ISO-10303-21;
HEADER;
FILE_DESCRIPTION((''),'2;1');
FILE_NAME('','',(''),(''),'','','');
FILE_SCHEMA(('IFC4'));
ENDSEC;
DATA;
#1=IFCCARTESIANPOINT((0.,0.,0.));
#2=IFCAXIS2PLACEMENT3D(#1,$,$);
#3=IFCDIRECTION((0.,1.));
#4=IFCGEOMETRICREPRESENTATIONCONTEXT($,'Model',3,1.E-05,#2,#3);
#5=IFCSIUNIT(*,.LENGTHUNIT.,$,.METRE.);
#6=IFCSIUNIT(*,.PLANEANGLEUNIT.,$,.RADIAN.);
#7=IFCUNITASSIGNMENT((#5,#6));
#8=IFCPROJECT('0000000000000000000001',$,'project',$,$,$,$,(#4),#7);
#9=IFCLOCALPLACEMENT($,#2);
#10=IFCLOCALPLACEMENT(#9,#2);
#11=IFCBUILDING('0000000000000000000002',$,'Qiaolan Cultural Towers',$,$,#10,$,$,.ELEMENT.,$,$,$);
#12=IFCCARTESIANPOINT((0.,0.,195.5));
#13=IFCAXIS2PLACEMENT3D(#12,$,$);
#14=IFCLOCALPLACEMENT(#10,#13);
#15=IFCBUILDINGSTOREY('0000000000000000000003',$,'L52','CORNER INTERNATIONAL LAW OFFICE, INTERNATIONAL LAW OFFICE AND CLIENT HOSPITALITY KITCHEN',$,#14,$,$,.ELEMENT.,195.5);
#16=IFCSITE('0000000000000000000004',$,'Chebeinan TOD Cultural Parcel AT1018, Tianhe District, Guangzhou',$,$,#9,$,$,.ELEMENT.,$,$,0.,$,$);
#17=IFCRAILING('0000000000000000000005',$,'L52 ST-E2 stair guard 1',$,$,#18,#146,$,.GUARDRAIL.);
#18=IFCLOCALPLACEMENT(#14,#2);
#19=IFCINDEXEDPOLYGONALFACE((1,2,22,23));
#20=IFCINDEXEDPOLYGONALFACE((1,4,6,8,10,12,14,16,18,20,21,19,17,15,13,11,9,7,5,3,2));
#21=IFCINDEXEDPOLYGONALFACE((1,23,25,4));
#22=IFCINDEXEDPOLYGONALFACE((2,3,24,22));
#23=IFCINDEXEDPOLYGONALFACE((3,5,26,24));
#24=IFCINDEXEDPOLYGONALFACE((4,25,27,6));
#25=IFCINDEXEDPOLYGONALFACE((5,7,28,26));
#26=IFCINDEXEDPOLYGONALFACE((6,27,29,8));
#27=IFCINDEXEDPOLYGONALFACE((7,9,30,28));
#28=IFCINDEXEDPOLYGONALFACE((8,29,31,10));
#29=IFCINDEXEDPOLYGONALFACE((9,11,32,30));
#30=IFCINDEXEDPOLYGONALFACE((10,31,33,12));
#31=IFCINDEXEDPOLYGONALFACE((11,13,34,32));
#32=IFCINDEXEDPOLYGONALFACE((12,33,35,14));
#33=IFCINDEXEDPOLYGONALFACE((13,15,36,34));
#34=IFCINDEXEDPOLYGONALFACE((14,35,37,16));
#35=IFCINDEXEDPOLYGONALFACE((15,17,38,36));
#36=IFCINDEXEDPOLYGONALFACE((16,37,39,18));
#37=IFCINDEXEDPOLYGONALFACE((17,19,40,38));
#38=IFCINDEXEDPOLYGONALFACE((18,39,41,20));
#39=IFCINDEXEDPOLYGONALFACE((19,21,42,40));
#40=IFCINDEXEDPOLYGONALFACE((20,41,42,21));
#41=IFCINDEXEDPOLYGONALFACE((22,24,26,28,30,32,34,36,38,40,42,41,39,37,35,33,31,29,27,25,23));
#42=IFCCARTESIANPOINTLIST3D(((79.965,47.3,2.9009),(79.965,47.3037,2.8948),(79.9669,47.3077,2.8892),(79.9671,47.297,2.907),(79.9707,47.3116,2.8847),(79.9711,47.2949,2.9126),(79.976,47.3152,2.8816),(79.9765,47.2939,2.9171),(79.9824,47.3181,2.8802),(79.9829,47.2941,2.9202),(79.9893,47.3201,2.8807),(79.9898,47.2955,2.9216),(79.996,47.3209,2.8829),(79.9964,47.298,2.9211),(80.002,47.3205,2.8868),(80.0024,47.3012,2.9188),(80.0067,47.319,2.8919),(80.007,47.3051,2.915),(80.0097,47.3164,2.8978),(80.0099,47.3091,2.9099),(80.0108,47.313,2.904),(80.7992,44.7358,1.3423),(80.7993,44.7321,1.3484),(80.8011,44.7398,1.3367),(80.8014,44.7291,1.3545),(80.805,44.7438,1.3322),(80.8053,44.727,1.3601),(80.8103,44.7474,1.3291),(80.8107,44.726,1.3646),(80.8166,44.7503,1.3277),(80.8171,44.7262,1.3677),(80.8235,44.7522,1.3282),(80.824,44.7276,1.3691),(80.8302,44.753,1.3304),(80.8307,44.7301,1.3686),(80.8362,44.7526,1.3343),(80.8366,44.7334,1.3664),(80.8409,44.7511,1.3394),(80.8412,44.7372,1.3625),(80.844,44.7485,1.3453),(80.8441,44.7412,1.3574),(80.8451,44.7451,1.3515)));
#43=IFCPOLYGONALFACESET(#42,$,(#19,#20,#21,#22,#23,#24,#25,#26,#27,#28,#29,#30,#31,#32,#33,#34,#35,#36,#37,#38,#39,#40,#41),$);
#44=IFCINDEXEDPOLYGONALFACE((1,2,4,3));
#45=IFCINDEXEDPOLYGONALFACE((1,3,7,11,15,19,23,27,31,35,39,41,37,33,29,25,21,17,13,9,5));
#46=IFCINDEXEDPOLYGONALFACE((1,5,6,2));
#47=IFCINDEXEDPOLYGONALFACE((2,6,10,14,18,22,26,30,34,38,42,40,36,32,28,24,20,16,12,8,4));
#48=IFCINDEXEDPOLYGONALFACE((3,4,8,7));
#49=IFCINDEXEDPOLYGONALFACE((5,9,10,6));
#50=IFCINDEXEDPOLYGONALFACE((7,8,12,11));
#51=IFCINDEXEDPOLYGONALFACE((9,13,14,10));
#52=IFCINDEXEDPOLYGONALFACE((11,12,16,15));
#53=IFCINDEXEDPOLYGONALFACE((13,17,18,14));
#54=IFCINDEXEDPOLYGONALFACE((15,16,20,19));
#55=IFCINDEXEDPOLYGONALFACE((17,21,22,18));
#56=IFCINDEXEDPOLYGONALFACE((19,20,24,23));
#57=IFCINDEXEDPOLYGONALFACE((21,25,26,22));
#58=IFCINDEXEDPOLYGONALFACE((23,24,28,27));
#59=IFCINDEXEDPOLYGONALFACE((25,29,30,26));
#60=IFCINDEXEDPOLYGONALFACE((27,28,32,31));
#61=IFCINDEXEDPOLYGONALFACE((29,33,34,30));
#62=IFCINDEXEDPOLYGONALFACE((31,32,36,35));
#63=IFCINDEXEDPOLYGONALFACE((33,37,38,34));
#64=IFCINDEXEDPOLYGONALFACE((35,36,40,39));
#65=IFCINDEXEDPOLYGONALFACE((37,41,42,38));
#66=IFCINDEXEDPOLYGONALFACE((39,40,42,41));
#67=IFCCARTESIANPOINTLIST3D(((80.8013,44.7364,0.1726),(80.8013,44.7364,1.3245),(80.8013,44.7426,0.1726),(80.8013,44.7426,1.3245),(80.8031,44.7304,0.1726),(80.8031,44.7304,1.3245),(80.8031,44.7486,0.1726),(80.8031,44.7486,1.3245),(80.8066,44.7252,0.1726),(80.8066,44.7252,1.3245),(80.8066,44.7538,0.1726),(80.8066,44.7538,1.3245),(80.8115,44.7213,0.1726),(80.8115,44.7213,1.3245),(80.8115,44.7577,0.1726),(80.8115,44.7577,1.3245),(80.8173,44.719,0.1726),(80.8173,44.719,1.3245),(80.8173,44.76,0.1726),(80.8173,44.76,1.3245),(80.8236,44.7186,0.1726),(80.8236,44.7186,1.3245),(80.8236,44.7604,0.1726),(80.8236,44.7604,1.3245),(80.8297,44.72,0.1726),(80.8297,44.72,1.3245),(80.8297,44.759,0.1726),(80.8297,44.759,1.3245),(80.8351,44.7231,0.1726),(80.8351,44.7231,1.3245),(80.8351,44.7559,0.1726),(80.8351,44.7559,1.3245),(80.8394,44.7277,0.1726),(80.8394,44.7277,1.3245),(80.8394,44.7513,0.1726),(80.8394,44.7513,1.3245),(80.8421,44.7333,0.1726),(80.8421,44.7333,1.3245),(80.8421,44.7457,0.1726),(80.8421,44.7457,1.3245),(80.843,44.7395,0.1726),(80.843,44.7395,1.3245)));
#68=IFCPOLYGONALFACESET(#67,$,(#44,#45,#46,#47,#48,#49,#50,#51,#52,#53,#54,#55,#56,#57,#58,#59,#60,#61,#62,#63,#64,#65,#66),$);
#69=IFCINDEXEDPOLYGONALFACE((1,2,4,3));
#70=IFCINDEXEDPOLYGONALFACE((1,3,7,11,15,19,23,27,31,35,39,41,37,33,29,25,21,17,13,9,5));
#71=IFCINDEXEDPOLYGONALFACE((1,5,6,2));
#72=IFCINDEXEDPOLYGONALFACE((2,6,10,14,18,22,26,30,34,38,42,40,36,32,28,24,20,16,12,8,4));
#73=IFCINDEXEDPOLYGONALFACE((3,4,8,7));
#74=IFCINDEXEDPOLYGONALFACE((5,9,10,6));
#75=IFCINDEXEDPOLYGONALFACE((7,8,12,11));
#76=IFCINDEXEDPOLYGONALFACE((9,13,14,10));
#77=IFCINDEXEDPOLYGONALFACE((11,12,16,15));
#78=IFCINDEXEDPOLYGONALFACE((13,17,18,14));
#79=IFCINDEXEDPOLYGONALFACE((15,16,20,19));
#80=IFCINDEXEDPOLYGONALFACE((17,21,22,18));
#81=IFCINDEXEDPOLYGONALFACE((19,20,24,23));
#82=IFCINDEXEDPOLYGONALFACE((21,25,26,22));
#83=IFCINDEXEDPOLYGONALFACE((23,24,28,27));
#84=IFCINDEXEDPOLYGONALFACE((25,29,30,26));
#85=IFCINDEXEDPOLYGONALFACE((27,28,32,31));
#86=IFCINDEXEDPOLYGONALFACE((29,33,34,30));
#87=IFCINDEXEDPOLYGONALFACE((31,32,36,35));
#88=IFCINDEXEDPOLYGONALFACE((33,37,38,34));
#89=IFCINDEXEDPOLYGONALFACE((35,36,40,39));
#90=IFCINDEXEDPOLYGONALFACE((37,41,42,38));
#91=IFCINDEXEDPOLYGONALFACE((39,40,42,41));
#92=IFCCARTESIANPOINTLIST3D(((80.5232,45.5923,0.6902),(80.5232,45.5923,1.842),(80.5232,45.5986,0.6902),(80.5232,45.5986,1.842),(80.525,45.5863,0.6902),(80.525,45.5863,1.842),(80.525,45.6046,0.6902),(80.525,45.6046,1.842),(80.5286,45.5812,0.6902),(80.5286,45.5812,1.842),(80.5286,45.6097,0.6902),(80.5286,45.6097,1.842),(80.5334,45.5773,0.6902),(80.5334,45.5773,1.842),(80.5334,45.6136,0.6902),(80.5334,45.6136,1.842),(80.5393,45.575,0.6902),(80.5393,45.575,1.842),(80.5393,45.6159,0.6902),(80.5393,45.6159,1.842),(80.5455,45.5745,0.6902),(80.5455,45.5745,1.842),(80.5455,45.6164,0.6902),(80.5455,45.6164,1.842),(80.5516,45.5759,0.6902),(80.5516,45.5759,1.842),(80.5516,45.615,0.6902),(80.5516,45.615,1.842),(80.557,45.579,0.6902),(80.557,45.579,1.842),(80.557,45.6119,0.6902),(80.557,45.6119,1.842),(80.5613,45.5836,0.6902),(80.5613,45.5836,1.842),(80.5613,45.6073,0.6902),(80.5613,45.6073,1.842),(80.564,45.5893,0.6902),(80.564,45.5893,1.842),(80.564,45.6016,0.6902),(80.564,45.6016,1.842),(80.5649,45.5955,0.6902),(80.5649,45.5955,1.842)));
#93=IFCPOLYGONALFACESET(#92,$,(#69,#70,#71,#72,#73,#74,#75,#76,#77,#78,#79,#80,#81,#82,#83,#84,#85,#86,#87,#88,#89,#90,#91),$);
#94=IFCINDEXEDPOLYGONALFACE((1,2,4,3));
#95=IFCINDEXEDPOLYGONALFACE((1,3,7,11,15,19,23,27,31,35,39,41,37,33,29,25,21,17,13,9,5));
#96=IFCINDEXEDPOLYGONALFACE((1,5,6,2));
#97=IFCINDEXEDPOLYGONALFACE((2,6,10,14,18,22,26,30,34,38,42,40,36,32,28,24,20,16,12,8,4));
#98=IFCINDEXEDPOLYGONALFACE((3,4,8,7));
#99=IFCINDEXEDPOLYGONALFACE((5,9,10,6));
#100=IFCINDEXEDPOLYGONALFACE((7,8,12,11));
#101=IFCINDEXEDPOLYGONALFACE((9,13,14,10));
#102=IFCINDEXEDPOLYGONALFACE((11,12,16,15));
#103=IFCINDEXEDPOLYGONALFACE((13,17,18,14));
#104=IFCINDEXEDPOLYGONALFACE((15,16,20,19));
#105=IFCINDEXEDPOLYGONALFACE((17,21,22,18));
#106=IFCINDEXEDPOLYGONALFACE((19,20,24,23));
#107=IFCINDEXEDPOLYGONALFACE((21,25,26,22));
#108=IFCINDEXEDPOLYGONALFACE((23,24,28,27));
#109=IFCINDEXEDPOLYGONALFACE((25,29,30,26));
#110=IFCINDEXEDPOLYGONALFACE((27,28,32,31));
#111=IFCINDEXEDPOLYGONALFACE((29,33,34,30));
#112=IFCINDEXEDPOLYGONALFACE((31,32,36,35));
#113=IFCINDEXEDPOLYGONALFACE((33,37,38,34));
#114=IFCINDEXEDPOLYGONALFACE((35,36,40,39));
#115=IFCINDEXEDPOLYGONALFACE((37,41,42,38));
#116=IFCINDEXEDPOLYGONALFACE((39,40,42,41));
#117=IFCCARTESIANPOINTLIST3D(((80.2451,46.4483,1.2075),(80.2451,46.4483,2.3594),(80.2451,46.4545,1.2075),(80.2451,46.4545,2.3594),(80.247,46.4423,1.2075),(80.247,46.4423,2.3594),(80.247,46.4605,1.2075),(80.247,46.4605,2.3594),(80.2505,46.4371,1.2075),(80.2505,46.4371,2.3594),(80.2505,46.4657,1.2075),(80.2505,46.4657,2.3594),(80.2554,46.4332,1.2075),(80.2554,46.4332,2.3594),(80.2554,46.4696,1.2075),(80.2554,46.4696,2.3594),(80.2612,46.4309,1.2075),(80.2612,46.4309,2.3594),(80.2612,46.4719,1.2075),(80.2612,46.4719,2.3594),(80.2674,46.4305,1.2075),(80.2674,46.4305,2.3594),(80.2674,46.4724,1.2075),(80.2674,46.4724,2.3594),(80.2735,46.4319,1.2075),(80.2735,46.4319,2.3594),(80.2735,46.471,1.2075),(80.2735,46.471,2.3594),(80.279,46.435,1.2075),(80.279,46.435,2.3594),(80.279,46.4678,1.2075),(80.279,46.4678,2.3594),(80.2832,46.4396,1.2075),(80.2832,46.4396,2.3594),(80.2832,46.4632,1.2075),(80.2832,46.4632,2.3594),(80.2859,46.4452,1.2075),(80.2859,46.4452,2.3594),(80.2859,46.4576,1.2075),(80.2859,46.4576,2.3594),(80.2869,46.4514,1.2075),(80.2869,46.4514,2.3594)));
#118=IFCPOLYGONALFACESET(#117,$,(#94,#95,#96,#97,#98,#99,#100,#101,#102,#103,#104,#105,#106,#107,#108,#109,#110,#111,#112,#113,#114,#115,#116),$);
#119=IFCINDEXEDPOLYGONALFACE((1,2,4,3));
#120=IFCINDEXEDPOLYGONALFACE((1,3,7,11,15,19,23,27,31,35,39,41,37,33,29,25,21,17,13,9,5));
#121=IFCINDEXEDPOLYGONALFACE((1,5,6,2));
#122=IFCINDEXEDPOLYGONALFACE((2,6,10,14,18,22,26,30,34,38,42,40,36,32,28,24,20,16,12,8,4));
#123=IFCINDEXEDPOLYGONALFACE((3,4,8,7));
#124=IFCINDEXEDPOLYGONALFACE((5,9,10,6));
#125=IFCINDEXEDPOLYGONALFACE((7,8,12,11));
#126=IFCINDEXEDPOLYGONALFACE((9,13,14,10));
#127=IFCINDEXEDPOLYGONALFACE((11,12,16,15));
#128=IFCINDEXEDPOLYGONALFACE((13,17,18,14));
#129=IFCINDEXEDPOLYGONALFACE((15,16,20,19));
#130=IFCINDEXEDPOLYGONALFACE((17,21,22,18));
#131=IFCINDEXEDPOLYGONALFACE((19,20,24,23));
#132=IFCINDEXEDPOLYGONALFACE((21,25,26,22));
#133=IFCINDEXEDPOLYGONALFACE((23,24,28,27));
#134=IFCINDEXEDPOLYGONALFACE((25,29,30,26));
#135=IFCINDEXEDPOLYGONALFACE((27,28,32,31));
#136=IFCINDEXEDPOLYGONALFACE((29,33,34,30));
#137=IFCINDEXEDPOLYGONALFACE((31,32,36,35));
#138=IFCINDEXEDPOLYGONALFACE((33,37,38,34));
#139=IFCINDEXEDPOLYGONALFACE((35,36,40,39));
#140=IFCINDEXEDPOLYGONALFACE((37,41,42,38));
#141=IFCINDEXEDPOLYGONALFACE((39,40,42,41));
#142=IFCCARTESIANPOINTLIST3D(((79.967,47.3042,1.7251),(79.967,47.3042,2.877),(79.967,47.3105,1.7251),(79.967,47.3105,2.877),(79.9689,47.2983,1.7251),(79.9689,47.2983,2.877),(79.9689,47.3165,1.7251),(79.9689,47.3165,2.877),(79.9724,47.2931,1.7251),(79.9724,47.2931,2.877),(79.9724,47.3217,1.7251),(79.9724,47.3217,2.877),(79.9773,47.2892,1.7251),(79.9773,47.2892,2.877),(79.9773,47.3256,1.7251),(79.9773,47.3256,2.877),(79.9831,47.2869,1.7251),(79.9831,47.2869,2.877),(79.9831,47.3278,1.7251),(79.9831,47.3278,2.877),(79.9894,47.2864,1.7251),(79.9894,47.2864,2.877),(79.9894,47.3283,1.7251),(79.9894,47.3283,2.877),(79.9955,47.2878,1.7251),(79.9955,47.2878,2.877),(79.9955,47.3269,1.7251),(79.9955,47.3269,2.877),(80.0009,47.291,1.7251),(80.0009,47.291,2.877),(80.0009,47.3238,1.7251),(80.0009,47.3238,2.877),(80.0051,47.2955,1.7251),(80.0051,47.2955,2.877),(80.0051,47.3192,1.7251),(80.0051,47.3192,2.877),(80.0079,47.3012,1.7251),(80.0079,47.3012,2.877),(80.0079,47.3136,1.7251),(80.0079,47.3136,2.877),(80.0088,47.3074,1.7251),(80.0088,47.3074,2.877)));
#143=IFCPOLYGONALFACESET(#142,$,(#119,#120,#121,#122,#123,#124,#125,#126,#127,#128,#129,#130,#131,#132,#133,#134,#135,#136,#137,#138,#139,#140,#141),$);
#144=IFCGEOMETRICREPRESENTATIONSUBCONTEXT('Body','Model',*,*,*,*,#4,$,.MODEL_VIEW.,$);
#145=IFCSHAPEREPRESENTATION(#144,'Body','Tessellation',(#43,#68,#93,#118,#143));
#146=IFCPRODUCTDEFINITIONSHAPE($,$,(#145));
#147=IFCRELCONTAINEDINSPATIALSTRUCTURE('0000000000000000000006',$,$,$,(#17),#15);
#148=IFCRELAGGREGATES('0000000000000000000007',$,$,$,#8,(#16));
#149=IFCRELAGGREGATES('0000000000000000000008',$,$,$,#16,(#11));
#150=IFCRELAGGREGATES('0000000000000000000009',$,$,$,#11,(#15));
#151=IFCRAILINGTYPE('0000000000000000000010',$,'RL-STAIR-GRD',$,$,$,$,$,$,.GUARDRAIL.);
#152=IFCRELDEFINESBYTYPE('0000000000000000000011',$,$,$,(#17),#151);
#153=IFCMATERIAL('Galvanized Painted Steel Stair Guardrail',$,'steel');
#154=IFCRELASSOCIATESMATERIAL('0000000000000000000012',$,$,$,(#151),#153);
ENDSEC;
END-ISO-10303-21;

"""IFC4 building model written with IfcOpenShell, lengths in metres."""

from ifc_helpers import new_model, si_unit, direction, frame, origin, origin_2d, place, context, subcontext, project, spatial, circle, extrude, material, type_object, element, save


model = new_model("IFC4")

# Units and contexts
model_context = context("Model", 3, precision=1e-05, world=origin(), true_north=direction((0.0, 1.0)))
body_context = subcontext(model_context, "Body", "Model", "MODEL_VIEW")
ifc_project = project(units=[si_unit("LENGTHUNIT", "METRE"), si_unit("PLANEANGLEUNIT", "RADIAN")], contexts=[model_context])

# Site, building, storey
site_placement = place(None, origin())
site = spatial("IfcSite", under=ifc_project, at=site_placement, Name="Chebeinan TOD Cultural Parcel AT1018, Tianhe District, Guangzhou", CompositionType="ELEMENT", RefElevation=0.0)
building_placement = place(site_placement, origin())
building = spatial("IfcBuilding", under=site, at=building_placement, Name="Qiaolan Cultural Towers", CompositionType="ELEMENT")
storey_placement = place(building_placement, frame((0.0, 0.0, 195.5)))
storey = spatial("IfcBuildingStorey", under=building, at=storey_placement, Name="L52", Description="CORNER INTERNATIONAL LAW OFFICE, INTERNATIONAL LAW OFFICE AND CLIENT HOSPITALITY KITCHEN", CompositionType="ELEMENT", Elevation=195.5)

# Railing
ifc_material_1 = material(Name="Galvanized Painted Steel Stair Guardrail", Category="steel")
railing_type_1 = type_object("IfcRailingType", Name="RL-STAIR-GRD", PredefinedType="GUARDRAIL", material=ifc_material_1)
railing_1_placement = place(storey_placement, frame((80.822, 44.7395, 0.1726)))
element("IfcRailing", 1, at=railing_1_placement, inside=storey, type_object=railing_type_1, Name="L52 ST-E2 stair guard 1", PredefinedType="GUARDRAIL", context=body_context, shape_type="SweptSolid", body=[
    extrude(circle(Radius=0.0239, at=origin_2d()), frame((0.0, 0.0, 1.1758), z_axis=(-0.267853, 0.824488, 0.498471), x_axis=(-0.95107, -0.308976, 0.0)), (0.0, 0.0, 1.0), 3.1145),
    extrude(circle(Radius=0.021, at=origin_2d()), origin(), (0.0, 0.0, 1.0), 1.1519),
    extrude(circle(Radius=0.021, at=origin_2d()), frame((-0.2781, 0.856, 0.5176)), (0.0, 0.0, 1.0), 1.1519),
    extrude(circle(Radius=0.021, at=origin_2d()), frame((-0.5562, 1.7119, 1.0349)), (0.0, 0.0, 1.0), 1.1519),
    extrude(circle(Radius=0.021, at=origin_2d()), frame((-0.8342, 2.5679, 1.5525)), (0.0, 0.0, 1.0), 1.1519),
])

save(model, "model.ifc")
